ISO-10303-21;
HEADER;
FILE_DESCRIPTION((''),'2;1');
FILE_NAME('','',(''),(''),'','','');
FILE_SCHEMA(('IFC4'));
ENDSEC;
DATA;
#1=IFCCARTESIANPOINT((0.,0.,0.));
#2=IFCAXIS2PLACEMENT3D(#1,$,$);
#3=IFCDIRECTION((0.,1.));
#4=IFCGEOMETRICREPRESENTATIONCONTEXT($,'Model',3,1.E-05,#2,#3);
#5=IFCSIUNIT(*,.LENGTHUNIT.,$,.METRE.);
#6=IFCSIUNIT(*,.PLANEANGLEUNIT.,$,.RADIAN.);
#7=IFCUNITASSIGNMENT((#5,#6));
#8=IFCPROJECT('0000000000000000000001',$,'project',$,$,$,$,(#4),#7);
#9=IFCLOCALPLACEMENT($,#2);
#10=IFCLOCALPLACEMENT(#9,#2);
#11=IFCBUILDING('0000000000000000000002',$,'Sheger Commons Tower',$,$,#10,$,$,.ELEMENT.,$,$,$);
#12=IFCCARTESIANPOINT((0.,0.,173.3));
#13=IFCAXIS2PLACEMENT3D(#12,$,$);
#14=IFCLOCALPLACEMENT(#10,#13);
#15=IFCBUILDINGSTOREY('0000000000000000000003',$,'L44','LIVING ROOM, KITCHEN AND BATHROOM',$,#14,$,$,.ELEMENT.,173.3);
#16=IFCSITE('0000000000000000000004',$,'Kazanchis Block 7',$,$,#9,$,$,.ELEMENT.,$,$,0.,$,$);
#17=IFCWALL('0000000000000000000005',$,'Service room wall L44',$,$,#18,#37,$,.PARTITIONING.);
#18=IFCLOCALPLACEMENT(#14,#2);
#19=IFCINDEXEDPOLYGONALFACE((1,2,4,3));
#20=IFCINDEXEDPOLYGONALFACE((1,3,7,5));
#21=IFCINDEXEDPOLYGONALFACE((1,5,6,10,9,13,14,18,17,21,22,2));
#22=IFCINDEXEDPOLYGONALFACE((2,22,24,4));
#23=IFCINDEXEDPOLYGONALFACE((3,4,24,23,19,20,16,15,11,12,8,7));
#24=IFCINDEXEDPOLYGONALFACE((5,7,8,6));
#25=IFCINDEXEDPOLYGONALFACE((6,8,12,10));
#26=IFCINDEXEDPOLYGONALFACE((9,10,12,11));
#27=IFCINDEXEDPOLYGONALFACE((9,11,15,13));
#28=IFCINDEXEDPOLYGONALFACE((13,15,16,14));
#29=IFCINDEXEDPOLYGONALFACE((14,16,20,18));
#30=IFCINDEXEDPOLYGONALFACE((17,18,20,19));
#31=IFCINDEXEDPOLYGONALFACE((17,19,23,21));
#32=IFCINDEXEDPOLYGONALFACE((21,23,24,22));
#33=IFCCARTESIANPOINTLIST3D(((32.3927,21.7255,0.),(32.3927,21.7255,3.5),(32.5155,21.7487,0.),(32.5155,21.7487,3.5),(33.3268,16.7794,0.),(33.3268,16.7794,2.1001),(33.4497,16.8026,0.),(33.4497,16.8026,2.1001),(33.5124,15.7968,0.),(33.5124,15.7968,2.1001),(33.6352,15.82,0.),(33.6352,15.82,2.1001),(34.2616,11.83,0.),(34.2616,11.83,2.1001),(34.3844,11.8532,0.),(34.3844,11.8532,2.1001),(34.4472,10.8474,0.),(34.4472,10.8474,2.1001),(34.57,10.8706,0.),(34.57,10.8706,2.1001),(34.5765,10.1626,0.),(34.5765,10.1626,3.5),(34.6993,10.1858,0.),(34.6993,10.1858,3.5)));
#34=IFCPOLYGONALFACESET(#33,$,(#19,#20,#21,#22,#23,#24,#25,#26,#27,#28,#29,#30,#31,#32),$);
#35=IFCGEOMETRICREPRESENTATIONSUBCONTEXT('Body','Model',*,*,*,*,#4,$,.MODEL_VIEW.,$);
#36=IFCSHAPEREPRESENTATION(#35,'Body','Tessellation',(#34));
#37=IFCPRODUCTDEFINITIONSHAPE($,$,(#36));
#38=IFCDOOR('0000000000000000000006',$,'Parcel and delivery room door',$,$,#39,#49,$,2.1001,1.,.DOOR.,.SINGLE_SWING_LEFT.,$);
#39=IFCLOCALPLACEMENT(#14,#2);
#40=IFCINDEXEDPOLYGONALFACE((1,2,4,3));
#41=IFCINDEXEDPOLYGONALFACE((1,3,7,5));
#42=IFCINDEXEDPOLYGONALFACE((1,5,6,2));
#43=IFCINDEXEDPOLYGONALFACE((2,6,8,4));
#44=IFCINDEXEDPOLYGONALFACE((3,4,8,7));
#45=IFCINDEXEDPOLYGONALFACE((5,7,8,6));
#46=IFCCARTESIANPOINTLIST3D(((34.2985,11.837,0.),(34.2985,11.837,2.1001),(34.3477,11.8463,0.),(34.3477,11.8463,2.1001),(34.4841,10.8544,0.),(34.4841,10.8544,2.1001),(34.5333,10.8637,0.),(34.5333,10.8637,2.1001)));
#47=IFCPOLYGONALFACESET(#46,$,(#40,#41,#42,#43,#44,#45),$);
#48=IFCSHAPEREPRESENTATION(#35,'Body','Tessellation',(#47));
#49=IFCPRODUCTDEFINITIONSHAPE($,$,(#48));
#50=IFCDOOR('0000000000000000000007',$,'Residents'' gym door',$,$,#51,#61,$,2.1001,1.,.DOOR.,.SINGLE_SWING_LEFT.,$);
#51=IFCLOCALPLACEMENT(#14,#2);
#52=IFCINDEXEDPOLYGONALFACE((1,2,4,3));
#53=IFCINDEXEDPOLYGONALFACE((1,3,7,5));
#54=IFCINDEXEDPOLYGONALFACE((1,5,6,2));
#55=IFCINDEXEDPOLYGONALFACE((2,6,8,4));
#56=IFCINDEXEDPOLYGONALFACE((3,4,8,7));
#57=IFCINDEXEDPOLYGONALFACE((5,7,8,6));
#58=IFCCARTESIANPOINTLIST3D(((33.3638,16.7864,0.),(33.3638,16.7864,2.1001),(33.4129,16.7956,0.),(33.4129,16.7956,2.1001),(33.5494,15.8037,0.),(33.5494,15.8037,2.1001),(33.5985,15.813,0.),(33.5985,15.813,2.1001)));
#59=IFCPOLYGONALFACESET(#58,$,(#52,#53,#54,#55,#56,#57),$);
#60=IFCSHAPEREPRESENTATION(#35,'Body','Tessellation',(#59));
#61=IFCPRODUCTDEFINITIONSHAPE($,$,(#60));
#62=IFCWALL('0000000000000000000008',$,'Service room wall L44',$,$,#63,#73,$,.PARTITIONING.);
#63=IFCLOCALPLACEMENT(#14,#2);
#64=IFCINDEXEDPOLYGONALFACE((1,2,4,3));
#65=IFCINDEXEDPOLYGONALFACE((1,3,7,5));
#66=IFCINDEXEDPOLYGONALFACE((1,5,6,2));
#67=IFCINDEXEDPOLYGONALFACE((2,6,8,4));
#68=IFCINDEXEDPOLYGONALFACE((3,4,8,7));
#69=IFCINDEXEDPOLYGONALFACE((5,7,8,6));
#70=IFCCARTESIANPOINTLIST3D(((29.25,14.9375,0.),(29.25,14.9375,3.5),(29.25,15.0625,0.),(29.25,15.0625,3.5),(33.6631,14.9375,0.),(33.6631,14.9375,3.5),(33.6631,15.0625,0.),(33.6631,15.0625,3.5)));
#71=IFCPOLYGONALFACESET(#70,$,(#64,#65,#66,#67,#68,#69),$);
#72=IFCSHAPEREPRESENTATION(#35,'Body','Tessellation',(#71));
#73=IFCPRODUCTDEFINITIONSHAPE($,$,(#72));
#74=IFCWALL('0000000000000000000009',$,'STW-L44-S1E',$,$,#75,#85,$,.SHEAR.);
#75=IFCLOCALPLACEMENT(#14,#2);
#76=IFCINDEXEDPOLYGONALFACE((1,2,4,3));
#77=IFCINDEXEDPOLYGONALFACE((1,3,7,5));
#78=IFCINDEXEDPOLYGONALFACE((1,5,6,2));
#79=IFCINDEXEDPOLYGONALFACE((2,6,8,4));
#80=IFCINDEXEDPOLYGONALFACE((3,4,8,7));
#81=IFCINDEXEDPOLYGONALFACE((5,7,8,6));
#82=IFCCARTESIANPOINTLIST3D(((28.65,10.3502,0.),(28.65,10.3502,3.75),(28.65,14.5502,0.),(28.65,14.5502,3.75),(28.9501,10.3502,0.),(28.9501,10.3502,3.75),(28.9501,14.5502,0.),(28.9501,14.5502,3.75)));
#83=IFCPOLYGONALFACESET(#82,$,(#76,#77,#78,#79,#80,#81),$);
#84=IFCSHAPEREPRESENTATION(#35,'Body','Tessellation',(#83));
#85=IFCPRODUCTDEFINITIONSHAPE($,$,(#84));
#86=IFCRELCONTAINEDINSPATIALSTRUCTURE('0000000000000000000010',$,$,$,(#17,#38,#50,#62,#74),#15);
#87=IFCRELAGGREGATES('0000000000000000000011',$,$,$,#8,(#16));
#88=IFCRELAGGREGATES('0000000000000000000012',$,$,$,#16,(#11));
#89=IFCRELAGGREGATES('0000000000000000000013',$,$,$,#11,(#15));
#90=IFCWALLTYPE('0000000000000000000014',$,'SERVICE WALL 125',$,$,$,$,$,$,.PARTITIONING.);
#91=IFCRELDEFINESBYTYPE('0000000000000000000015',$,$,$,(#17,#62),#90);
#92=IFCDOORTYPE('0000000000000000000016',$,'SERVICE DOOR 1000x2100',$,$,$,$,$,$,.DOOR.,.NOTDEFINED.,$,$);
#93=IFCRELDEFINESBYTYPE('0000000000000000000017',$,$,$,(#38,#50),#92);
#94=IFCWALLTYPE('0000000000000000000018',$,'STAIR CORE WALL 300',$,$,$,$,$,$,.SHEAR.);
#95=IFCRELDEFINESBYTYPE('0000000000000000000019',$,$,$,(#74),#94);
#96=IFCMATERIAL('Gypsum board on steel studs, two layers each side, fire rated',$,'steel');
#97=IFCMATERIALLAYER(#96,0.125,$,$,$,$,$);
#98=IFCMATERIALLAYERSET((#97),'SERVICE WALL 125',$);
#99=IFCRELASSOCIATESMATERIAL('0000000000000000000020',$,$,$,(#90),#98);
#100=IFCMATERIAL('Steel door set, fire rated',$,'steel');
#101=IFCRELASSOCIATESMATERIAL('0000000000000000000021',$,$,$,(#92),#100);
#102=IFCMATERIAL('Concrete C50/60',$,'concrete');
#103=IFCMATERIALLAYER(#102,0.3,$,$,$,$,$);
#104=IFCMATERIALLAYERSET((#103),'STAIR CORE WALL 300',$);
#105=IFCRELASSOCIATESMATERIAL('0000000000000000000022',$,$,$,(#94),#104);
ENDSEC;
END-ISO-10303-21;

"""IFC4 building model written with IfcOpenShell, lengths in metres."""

from ifc_helpers import new_model, si_unit, direction, frame, frame_2d, origin, place, context, subcontext, project, spatial, rectangle, extrude, material, layer, layer_set, type_object, element, fill, save


model = new_model("IFC4")

# Units and contexts
model_context = context("Model", 3, precision=1e-05, world=origin(), true_north=direction((0.0, 1.0)))
body_context = subcontext(model_context, "Body", "Model", "MODEL_VIEW")
ifc_project = project(units=[si_unit("LENGTHUNIT", "METRE"), si_unit("PLANEANGLEUNIT", "RADIAN")], contexts=[model_context])

# Site, building, storey
site_placement = place(None, origin())
site = spatial("IfcSite", under=ifc_project, at=site_placement, Name="Kazanchis Block 7", CompositionType="ELEMENT", RefElevation=0.0)
building_placement = place(site_placement, origin())
building = spatial("IfcBuilding", under=site, at=building_placement, Name="Sheger Commons Tower", CompositionType="ELEMENT")
storey_placement = place(building_placement, frame((0.0, 0.0, 173.3)))
storey = spatial("IfcBuildingStorey", under=building, at=storey_placement, Name="L44", Description="LIVING ROOM, KITCHEN AND BATHROOM", CompositionType="ELEMENT", Elevation=173.3)

# Shared definitions
ifc_material_1 = material(Name="Gypsum board on steel studs, two layers each side, fire rated", Category="steel")
ifc_layer_1 = layer(ifc_material_1, 0.125)
ifc_layer_set_1 = layer_set([ifc_layer_1], Name="SERVICE WALL 125")
wall_type_1 = type_object("IfcWallType", Name="SERVICE WALL 125", PredefinedType="PARTITIONING", material=ifc_layer_set_1)

# Wall, openings, doors
wall_1_placement = place(storey_placement, frame((34.6379, 10.1741, 0.0), z_axis=(0.0, 0.0, 1.0), x_axis=(-0.185584, 0.982628, 0.0)))
wall_1 = element("IfcWall", 1, at=wall_1_placement, inside=storey, type_object=wall_type_1, Name="Service room wall L44", PredefinedType="PARTITIONING", context=body_context, shape_type="SweptSolid", body=[
    extrude(rectangle(XDim=11.7673, YDim=0.125, at=frame_2d((5.8838, 0.0))), origin(), (0.0, 0.0, 1.0), 3.5),
])
opening_1_placement = place(wall_1_placement, frame((0.697, 0.0, 0.0)))
opening_1 = element("IfcOpeningElement", 2, at=opening_1_placement, cuts=wall_1, PredefinedType="OPENING", context=body_context, shape_type="SweptSolid", body=[
    extrude(rectangle(XDim=1.0, YDim=2.1001, at=frame_2d((0.5, 1.05))), frame((0.0, 0.0725, 0.0), z_axis=(0.0, -1.0, 0.0), x_axis=(1.0, 0.0, 0.0)), (0.0, 0.0, 1.0), 0.145),
])
opening_2_placement = place(wall_1_placement, frame((5.7339, 0.0, 0.0)))
opening_2 = element("IfcOpeningElement", 3, at=opening_2_placement, cuts=wall_1, PredefinedType="OPENING", context=body_context, shape_type="SweptSolid", body=[
    extrude(rectangle(XDim=1.0, YDim=2.1001, at=frame_2d((0.5, 1.05))), frame((0.0, 0.0725, 0.0), z_axis=(0.0, -1.0, 0.0), x_axis=(1.0, 0.0, 0.0)), (0.0, 0.0, 1.0), 0.145),
])
ifc_material_2 = material(Name="Steel door set, fire rated", Category="steel")
door_type_1 = type_object("IfcDoorType", Name="SERVICE DOOR 1000x2100", OperationType="NOTDEFINED", PredefinedType="DOOR", material=ifc_material_2)
door_1_placement = place(opening_1_placement, origin())
door_1 = element("IfcDoor", 4, at=door_1_placement, inside=storey, type_object=door_type_1, Name="Parcel and delivery room door", OperationType="SINGLE_SWING_LEFT", OverallHeight=2.1001, OverallWidth=1.0, PredefinedType="DOOR", context=body_context, shape_type="SweptSolid", body=[
    extrude(rectangle(XDim=1.0, YDim=2.1001, at=frame_2d((0.5, 1.05))), frame((0.0, 0.0249, 0.0), z_axis=(0.0, -1.0, 0.0), x_axis=(1.0, 0.0, 0.0)), (0.0, 0.0, 1.0), 0.05),
])
fill(opening_1, door_1)
door_2_placement = place(opening_2_placement, origin())
door_2 = element("IfcDoor", 5, at=door_2_placement, inside=storey, type_object=door_type_1, Name="Residents' gym door", OperationType="SINGLE_SWING_LEFT", OverallHeight=2.1001, OverallWidth=1.0, PredefinedType="DOOR", context=body_context, shape_type="SweptSolid", body=[
    extrude(rectangle(XDim=1.0, YDim=2.1001, at=frame_2d((0.5, 1.05))), frame((0.0, 0.0249, 0.0), z_axis=(0.0, -1.0, 0.0), x_axis=(1.0, 0.0, 0.0)), (0.0, 0.0, 1.0), 0.05),
])
fill(opening_2, door_2)

# Walls
wall_2_placement = place(storey_placement, frame((29.25, 15.0, 0.0), z_axis=(0.0, 0.0, 1.0), x_axis=(1.0, 0.0, 0.0)))
element("IfcWall", 6, at=wall_2_placement, inside=storey, type_object=wall_type_1, Name="Service room wall L44", PredefinedType="PARTITIONING", context=body_context, shape_type="SweptSolid", body=[
    extrude(rectangle(XDim=4.4131, YDim=0.125, at=frame_2d((2.2065, 0.0))), origin(), (0.0, 0.0, 1.0), 3.5),
])
ifc_material_3 = material(Name="Concrete C50/60", Category="concrete")
ifc_layer_2 = layer(ifc_material_3, 0.3)
ifc_layer_set_2 = layer_set([ifc_layer_2], Name="STAIR CORE WALL 300")
wall_type_2 = type_object("IfcWallType", Name="STAIR CORE WALL 300", PredefinedType="SHEAR", material=ifc_layer_set_2)
wall_3_placement = place(storey_placement, frame((28.8, 10.3501, 0.0), z_axis=(0.0, 0.0, 1.0), x_axis=(0.0, 1.0, 0.0)))
element("IfcWall", 7, at=wall_3_placement, inside=storey, type_object=wall_type_2, Name="STW-L44-S1E", PredefinedType="SHEAR", context=body_context, shape_type="SweptSolid", body=[
    extrude(rectangle(XDim=4.2, YDim=0.3, at=frame_2d((2.1001, 0.0))), origin(), (0.0, 0.0, 1.0), 3.75),
])

save(model, "model.ifc")
